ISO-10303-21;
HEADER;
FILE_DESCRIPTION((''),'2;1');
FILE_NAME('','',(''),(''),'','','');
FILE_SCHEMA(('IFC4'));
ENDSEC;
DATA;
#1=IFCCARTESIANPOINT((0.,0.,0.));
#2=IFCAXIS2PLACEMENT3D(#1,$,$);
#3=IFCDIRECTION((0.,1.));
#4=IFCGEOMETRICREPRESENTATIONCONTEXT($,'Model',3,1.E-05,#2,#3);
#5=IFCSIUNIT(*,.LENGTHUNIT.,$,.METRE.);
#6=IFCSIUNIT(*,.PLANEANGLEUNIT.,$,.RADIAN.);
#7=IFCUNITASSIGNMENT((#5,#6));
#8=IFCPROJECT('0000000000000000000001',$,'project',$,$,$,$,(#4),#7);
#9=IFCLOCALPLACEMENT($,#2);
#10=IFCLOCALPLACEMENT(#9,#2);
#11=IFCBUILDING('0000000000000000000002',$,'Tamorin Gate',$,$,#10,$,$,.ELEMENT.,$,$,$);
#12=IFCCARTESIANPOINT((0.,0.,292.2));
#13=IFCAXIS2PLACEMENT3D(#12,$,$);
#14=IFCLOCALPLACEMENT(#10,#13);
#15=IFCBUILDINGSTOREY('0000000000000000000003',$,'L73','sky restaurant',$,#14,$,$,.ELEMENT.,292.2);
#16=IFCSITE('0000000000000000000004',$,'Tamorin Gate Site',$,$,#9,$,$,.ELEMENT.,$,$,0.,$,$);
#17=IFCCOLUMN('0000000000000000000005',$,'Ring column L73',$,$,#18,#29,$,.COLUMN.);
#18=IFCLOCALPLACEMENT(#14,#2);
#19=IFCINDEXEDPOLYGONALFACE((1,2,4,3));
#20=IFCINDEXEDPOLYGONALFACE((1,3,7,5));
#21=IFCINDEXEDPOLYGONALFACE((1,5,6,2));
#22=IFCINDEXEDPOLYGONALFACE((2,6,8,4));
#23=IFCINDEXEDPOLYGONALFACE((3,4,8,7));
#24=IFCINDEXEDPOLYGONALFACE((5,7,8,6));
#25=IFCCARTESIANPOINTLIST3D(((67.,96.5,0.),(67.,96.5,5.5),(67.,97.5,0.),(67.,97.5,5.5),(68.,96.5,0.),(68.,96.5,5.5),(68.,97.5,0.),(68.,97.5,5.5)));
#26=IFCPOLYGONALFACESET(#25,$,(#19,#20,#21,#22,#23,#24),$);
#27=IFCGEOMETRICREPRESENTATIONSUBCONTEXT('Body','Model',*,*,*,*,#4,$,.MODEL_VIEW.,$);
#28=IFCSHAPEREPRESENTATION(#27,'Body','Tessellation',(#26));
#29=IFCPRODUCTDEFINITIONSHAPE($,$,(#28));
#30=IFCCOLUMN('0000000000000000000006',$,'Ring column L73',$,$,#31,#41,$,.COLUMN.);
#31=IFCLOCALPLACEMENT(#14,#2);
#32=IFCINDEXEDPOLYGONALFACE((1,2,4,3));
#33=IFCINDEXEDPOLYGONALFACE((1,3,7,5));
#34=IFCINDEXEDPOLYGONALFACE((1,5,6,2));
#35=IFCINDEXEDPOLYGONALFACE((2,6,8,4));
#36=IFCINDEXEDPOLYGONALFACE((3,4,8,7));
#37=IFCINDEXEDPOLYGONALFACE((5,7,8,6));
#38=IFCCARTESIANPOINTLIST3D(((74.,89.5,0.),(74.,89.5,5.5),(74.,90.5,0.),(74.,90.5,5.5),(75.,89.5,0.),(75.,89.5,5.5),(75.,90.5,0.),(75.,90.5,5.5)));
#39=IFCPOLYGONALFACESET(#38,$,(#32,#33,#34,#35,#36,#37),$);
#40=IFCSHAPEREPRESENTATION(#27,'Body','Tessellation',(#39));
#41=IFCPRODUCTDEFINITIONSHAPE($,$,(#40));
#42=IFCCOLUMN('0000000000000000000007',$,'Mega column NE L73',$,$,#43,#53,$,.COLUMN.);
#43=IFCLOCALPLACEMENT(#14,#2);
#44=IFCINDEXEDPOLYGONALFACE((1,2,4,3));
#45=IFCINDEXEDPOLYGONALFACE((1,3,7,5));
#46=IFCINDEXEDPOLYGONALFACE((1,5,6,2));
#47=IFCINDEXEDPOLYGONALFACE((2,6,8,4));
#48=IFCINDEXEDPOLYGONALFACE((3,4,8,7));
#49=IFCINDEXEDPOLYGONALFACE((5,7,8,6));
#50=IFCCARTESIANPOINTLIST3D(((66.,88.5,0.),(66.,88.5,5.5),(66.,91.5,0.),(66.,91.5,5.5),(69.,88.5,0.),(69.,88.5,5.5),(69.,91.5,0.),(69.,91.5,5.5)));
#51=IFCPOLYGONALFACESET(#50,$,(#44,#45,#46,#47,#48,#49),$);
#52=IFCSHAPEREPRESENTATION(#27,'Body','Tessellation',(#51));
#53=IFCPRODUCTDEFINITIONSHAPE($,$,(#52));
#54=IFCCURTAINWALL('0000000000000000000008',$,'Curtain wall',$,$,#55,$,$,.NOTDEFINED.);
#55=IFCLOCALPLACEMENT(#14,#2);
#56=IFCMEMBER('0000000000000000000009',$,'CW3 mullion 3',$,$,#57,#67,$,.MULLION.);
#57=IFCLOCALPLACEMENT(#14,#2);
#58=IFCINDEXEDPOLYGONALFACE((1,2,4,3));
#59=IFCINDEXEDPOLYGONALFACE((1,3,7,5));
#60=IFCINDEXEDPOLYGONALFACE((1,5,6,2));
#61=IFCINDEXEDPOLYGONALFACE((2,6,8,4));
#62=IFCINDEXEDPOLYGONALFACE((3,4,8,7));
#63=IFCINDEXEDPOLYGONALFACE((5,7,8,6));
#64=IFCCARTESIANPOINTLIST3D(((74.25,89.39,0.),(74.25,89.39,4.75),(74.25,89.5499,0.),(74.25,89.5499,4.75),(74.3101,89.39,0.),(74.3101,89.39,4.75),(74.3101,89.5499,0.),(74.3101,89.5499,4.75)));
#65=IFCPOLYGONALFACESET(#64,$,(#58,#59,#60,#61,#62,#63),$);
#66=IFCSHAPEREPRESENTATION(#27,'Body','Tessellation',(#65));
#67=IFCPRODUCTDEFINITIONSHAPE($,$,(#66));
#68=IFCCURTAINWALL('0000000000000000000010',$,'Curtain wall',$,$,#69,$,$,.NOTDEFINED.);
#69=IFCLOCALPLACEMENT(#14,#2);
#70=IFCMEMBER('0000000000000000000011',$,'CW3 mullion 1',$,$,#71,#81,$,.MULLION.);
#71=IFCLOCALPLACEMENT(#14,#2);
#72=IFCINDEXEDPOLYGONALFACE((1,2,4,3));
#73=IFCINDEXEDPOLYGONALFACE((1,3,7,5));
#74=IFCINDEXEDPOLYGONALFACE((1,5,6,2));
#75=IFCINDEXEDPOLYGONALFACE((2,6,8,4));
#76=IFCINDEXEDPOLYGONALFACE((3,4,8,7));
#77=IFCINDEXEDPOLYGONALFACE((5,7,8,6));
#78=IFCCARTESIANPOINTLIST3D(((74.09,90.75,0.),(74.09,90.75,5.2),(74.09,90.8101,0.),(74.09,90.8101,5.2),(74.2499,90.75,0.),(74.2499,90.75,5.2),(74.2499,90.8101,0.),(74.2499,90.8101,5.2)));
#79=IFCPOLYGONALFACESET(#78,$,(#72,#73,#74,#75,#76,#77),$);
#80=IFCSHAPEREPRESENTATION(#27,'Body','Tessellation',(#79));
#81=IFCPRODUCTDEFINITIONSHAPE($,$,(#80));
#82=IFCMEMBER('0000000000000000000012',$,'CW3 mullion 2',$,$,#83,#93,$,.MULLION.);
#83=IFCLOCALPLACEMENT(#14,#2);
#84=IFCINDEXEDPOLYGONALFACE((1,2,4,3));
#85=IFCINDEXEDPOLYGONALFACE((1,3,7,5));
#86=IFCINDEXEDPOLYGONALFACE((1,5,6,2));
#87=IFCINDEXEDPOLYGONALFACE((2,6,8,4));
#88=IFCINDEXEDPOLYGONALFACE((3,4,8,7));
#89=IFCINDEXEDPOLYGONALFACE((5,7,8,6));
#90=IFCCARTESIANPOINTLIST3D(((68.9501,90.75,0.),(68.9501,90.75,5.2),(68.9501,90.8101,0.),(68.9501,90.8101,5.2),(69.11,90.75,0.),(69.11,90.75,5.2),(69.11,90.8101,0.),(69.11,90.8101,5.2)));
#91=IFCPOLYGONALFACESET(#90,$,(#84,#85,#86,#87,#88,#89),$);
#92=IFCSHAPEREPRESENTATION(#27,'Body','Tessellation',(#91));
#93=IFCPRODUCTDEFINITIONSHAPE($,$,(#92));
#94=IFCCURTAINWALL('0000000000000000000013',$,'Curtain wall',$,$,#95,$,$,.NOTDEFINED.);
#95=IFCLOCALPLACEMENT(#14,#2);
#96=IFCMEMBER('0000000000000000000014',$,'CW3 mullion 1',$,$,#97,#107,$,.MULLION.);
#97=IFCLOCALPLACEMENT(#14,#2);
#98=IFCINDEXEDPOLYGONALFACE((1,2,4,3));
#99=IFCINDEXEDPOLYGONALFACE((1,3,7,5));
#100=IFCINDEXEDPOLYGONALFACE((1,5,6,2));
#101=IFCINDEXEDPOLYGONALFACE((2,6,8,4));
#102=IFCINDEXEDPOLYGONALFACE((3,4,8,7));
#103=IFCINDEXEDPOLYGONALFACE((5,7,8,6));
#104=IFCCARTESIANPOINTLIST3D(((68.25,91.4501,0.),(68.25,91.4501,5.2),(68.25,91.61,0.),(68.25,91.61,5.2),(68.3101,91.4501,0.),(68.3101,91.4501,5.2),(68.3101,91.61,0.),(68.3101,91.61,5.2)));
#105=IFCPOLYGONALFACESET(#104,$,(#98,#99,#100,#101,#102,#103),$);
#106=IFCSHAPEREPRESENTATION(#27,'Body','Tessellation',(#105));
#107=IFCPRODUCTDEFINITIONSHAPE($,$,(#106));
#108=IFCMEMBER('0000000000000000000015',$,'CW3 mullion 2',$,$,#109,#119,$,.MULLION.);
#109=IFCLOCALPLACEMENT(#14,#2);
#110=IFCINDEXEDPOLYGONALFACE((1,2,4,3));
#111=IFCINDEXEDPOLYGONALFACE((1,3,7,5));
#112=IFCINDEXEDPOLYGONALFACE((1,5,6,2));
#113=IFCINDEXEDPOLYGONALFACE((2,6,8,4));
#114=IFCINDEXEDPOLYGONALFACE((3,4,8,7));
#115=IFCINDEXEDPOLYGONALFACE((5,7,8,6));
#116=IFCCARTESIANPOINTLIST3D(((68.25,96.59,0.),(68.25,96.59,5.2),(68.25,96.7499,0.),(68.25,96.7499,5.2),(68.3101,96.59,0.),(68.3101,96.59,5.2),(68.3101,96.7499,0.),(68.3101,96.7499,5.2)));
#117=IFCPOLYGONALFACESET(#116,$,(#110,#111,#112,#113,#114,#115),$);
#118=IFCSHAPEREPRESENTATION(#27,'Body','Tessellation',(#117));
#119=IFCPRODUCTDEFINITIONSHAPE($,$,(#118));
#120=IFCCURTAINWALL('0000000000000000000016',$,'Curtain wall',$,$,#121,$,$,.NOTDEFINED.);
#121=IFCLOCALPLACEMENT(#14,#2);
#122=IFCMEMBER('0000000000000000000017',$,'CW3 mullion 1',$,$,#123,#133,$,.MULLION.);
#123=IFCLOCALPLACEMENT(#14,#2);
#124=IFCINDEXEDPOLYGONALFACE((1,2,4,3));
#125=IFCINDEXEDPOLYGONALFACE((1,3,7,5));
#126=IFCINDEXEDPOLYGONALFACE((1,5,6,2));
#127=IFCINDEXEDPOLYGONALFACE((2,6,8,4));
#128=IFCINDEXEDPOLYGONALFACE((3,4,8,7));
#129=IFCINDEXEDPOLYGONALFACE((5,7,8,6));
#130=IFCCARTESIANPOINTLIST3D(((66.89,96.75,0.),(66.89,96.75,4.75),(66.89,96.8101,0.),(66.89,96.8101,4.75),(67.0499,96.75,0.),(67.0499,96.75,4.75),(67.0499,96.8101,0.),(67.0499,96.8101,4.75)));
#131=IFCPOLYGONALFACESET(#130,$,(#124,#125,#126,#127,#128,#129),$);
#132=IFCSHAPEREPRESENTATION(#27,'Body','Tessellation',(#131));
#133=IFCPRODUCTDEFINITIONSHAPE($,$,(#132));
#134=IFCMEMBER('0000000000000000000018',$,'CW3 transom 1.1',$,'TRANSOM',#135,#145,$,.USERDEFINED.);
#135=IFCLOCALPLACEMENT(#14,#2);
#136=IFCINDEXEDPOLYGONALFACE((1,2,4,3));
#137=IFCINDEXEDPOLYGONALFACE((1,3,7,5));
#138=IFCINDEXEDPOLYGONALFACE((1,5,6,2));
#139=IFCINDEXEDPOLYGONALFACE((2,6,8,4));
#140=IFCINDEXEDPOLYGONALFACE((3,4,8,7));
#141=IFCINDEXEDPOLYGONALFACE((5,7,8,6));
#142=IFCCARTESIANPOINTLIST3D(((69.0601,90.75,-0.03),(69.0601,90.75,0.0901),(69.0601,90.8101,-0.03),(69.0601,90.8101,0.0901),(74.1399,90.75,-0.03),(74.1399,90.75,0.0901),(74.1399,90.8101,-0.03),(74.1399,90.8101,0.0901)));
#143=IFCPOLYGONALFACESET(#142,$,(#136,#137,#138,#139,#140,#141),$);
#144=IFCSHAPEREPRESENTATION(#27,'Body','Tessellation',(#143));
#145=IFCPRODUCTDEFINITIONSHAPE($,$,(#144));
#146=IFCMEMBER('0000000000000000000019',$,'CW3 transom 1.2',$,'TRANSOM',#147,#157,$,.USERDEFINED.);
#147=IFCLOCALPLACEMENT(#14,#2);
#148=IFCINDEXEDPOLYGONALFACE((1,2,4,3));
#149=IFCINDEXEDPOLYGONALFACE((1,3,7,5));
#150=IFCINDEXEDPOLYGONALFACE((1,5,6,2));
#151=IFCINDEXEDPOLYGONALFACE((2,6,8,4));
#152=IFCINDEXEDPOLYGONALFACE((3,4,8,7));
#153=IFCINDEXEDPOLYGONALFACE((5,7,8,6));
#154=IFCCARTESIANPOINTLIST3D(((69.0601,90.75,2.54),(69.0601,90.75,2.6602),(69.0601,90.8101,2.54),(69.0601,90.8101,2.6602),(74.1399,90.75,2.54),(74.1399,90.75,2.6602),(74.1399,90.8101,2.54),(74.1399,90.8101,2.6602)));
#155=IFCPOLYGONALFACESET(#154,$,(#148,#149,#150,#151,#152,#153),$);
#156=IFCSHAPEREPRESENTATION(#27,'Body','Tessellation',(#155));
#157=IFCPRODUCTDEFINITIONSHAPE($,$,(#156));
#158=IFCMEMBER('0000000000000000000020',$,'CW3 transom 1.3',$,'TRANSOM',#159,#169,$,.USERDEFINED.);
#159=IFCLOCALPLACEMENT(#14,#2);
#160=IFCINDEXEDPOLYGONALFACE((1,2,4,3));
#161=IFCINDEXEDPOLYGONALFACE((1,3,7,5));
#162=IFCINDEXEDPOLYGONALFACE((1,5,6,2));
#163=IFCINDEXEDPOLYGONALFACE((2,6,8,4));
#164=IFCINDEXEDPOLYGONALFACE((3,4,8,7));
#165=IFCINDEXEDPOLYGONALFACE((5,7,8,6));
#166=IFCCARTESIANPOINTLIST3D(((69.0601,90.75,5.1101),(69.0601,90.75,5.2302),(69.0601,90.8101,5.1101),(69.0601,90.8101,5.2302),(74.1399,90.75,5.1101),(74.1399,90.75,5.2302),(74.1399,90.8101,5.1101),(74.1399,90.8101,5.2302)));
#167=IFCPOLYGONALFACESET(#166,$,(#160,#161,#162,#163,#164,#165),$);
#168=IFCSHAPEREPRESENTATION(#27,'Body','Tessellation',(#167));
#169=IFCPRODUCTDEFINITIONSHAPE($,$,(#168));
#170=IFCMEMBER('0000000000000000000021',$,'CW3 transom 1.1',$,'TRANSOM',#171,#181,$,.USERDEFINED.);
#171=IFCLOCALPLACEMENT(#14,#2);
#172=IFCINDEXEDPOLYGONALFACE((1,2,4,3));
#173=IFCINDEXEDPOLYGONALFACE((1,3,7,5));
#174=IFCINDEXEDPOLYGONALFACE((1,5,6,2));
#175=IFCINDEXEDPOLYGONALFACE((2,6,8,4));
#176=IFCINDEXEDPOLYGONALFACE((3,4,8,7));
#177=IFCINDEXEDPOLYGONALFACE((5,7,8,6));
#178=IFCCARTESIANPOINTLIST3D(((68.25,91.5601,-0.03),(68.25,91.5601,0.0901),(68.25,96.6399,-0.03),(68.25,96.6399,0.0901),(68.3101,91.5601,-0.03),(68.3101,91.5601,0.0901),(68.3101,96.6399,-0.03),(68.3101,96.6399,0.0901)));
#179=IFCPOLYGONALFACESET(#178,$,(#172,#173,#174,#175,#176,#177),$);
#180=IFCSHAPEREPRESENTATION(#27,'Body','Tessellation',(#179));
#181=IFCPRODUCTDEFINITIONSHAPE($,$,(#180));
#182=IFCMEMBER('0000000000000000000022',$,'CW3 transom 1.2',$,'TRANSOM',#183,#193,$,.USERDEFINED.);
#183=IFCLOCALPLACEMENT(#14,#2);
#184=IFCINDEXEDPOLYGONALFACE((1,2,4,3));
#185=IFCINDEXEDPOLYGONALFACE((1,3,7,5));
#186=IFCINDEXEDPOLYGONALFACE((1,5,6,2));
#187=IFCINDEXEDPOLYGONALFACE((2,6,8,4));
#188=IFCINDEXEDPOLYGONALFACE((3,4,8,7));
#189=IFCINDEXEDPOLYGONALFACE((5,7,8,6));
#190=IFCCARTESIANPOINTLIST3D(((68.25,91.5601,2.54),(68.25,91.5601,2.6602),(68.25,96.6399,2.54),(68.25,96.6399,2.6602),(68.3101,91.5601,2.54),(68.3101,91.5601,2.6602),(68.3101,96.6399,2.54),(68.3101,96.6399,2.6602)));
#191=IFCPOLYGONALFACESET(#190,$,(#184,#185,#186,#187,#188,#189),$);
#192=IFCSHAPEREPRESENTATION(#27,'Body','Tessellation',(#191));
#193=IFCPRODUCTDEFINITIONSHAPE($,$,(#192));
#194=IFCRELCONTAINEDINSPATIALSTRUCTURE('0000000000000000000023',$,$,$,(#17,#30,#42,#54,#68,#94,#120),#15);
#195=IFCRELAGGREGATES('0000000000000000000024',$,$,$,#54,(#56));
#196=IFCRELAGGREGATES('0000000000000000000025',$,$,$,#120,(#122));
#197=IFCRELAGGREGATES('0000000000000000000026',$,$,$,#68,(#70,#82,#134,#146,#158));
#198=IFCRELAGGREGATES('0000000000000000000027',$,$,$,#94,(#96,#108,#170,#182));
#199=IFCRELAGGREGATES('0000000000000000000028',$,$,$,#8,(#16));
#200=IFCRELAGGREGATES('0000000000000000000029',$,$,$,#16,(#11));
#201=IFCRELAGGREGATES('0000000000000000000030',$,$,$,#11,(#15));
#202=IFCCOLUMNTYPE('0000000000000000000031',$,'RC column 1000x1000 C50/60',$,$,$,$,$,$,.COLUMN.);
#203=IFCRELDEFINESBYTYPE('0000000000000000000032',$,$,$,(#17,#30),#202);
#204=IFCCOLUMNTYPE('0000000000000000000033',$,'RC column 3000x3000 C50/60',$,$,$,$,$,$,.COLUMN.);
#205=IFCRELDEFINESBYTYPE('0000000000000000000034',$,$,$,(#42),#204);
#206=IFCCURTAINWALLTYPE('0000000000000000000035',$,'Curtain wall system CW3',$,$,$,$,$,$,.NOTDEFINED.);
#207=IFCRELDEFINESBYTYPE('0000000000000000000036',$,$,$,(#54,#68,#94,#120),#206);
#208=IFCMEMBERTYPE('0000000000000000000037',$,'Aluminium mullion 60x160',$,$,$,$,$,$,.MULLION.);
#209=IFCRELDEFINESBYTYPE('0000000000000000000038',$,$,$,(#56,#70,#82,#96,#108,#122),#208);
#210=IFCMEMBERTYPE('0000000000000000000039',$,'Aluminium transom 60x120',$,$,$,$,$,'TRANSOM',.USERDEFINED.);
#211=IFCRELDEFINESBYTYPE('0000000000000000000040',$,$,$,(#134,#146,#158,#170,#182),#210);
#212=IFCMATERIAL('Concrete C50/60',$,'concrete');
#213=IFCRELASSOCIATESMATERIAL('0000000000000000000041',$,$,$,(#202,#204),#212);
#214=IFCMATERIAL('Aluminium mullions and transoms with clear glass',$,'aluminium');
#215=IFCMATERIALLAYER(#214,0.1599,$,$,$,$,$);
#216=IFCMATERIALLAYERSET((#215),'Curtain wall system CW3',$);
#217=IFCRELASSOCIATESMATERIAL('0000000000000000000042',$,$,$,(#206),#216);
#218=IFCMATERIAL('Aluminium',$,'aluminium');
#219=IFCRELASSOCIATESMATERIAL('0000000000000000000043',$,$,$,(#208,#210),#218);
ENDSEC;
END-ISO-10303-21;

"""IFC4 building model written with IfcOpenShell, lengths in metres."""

from ifc_helpers import new_model, si_unit, direction, frame, origin, origin_2d, place, context, subcontext, project, spatial, rectangle, extrude, material, layer, layer_set, material_profile, profile_set, type_object, element, aggregate, save


model = new_model("IFC4")

# Units and contexts
model_context = context("Model", 3, precision=1e-05, world=origin(), true_north=direction((0.0, 1.0)))
body_context = subcontext(model_context, "Body", "Model", "MODEL_VIEW")
ifc_project = project(units=[si_unit("LENGTHUNIT", "METRE"), si_unit("PLANEANGLEUNIT", "RADIAN")], contexts=[model_context])

# Site, building, storey
site_placement = place(None, origin())
site = spatial("IfcSite", under=ifc_project, at=site_placement, Name="Tamorin Gate Site", CompositionType="ELEMENT", RefElevation=0.0)
building_placement = place(site_placement, origin())
building = spatial("IfcBuilding", under=site, at=building_placement, Name="Tamorin Gate", CompositionType="ELEMENT")
storey_placement = place(building_placement, frame((0.0, 0.0, 292.2)))
storey = spatial("IfcBuildingStorey", under=building, at=storey_placement, Name="L73", Description="sky restaurant", CompositionType="ELEMENT", Elevation=292.2)

# Columns
ifc_material_1 = material(Name="Concrete C50/60", Category="concrete")
ifc_material_profile_1 = material_profile(ifc_material_1, rectangle(XDim=1.0, YDim=1.0, at=origin_2d()), Name="RC 1000x1000")
ifc_profile_set_1 = profile_set([ifc_material_profile_1], Name="Concrete C50/60")
column_type_1 = type_object("IfcColumnType", Name="RC column 1000x1000 C50/60", PredefinedType="COLUMN", material=ifc_profile_set_1)
for number, where, z_axis, x_axis, name in (
    (1, (67.5, 97.0, 0.0), (0.0, 0.0, 1.0), (1.0, 0.0, 0.0), "Ring column L73"),
    (2, (74.5, 90.0, 0.0), (0.0, 0.0, 1.0), (1.0, 0.0, 0.0), "Ring column L73"),
):
    element("IfcColumn", number, at=place(storey_placement, frame(where, z_axis=z_axis, x_axis=x_axis)), inside=storey, type_object=column_type_1, Name=name, PredefinedType="COLUMN", context=body_context, shape_type="SweptSolid", body=[
        extrude(rectangle(XDim=1.0, YDim=1.0, at=origin_2d()), origin(), (0.0, 0.0, 1.0), 5.5),
    ])
ifc_material_profile_2 = material_profile(ifc_material_1, rectangle(XDim=3.0, YDim=3.0, at=origin_2d()), Name="RC 3000x3000")
ifc_profile_set_2 = profile_set([ifc_material_profile_2], Name="Concrete C50/60")
column_type_2 = type_object("IfcColumnType", Name="RC column 3000x3000 C50/60", PredefinedType="COLUMN", material=ifc_profile_set_2)
column_placement = place(storey_placement, frame((67.5, 90.0, 0.0), z_axis=(0.0, 0.0, 1.0), x_axis=(1.0, 0.0, 0.0)))
element("IfcColumn", 3, at=column_placement, inside=storey, type_object=column_type_2, Name="Mega column NE L73", PredefinedType="COLUMN", context=body_context, shape_type="SweptSolid", body=[
    extrude(rectangle(XDim=3.0, YDim=3.0, at=origin_2d()), origin(), (0.0, 0.0, 1.0), 5.5),
])

# Curtain wall, member
ifc_material_2 = material(Name="Aluminium mullions and transoms with clear glass", Category="aluminium")
ifc_layer_1 = layer(ifc_material_2, 0.1599)
ifc_layer_set_1 = layer_set([ifc_layer_1], Name="Curtain wall system CW3")
curtain_wall_type = type_object("IfcCurtainWallType", Name="Curtain wall system CW3", PredefinedType="NOTDEFINED", material=ifc_layer_set_1)
curtain_wall_1_placement = place(storey_placement, origin())
curtain_wall_1 = element("IfcCurtainWall", 4, at=curtain_wall_1_placement, inside=storey, type_object=curtain_wall_type, Name="Curtain wall", PredefinedType="NOTDEFINED")
ifc_material_3 = material(Name="Aluminium", Category="aluminium")
ifc_material_profile_3 = material_profile(ifc_material_3, rectangle(XDim=0.0601, YDim=0.1599, at=origin_2d()), Name="RECT 60x160")
ifc_profile_set_3 = profile_set([ifc_material_profile_3], Name="Aluminium")
member_type_1 = type_object("IfcMemberType", Name="Aluminium mullion 60x160", PredefinedType="MULLION", material=ifc_profile_set_3)
member_1_placement = place(storey_placement, frame((74.28, 89.47, 0.0), z_axis=(0.0, 0.0, 1.0), x_axis=(-1.0, 0.0, 0.0)))
member_1 = element("IfcMember", 5, at=member_1_placement, type_object=member_type_1, Name="CW3 mullion 3", PredefinedType="MULLION", context=body_context, shape_type="SweptSolid", body=[
    extrude(rectangle(XDim=0.0601, YDim=0.1599, at=origin_2d()), origin(), (0.0, 0.0, 1.0), 4.75),
])
aggregate(curtain_wall_1, [member_1])

# Curtain walls, members
curtain_wall_2_placement = place(storey_placement, origin())
curtain_wall_2 = element("IfcCurtainWall", 6, at=curtain_wall_2_placement, inside=storey, type_object=curtain_wall_type, Name="Curtain wall", PredefinedType="NOTDEFINED")
member_2_placement = place(storey_placement, frame((74.1699, 90.78, 0.0), z_axis=(0.0, 0.0, 1.0), x_axis=(0.0, -1.0, 0.0)))
member_2 = element("IfcMember", 7, at=member_2_placement, type_object=member_type_1, Name="CW3 mullion 1", PredefinedType="MULLION", context=body_context, shape_type="SweptSolid", body=[
    extrude(rectangle(XDim=0.0601, YDim=0.1599, at=origin_2d()), origin(), (0.0, 0.0, 1.0), 5.2),
])
member_3_placement = place(storey_placement, frame((69.03, 90.78, 0.0), z_axis=(0.0, 0.0, 1.0), x_axis=(0.0, -1.0, 0.0)))
member_3 = element("IfcMember", 8, at=member_3_placement, type_object=member_type_1, Name="CW3 mullion 2", PredefinedType="MULLION", context=body_context, shape_type="SweptSolid", body=[
    extrude(rectangle(XDim=0.0601, YDim=0.1599, at=origin_2d()), origin(), (0.0, 0.0, 1.0), 5.2),
])
curtain_wall_3_placement = place(storey_placement, origin())
curtain_wall_3 = element("IfcCurtainWall", 9, at=curtain_wall_3_placement, inside=storey, type_object=curtain_wall_type, Name="Curtain wall", PredefinedType="NOTDEFINED")
member_4_placement = place(storey_placement, frame((68.28, 91.53, 0.0), z_axis=(0.0, 0.0, 1.0), x_axis=(-1.0, 0.0, 0.0)))
member_4 = element("IfcMember", 10, at=member_4_placement, type_object=member_type_1, Name="CW3 mullion 1", PredefinedType="MULLION", context=body_context, shape_type="SweptSolid", body=[
    extrude(rectangle(XDim=0.0601, YDim=0.1599, at=origin_2d()), origin(), (0.0, 0.0, 1.0), 5.2),
])
member_5_placement = place(storey_placement, frame((68.28, 96.6699, 0.0), z_axis=(0.0, 0.0, 1.0), x_axis=(-1.0, 0.0, 0.0)))
member_5 = element("IfcMember", 11, at=member_5_placement, type_object=member_type_1, Name="CW3 mullion 2", PredefinedType="MULLION", context=body_context, shape_type="SweptSolid", body=[
    extrude(rectangle(XDim=0.0601, YDim=0.1599, at=origin_2d()), origin(), (0.0, 0.0, 1.0), 5.2),
])

# Curtain wall, member
curtain_wall_4_placement = place(storey_placement, origin())
curtain_wall_4 = element("IfcCurtainWall", 12, at=curtain_wall_4_placement, inside=storey, type_object=curtain_wall_type, Name="Curtain wall", PredefinedType="NOTDEFINED")
member_6_placement = place(storey_placement, frame((66.97, 96.78, 0.0), z_axis=(0.0, 0.0, 1.0), x_axis=(0.0, -1.0, 0.0)))
member_6 = element("IfcMember", 13, at=member_6_placement, type_object=member_type_1, Name="CW3 mullion 1", PredefinedType="MULLION", context=body_context, shape_type="SweptSolid", body=[
    extrude(rectangle(XDim=0.0601, YDim=0.1599, at=origin_2d()), origin(), (0.0, 0.0, 1.0), 4.75),
])

# Members
ifc_material_profile_4 = material_profile(ifc_material_3, rectangle(XDim=0.0601, YDim=0.1201, at=origin_2d()), Name="RECT 60x120")
ifc_profile_set_4 = profile_set([ifc_material_profile_4], Name="Aluminium")
member_type_2 = type_object("IfcMemberType", Name="Aluminium transom 60x120", ElementType="TRANSOM", PredefinedType="USERDEFINED", material=ifc_profile_set_4)
member_7_placement = place(storey_placement, frame((74.1399, 90.78, 0.03), z_axis=(-1.0, 0.0, 0.0), x_axis=(0.0, -1.0, 0.0)))
member_7 = element("IfcMember", 14, at=member_7_placement, type_object=member_type_2, Name="CW3 transom 1.1", ObjectType="TRANSOM", PredefinedType="USERDEFINED", context=body_context, shape_type="SweptSolid", body=[
    extrude(rectangle(XDim=0.0601, YDim=0.1201, at=origin_2d()), origin(), (0.0, 0.0, 1.0), 5.0798),
])
member_8_placement = place(storey_placement, frame((74.1399, 90.78, 2.6001), z_axis=(-1.0, 0.0, 0.0), x_axis=(0.0, -1.0, 0.0)))
member_8 = element("IfcMember", 15, at=member_8_placement, type_object=member_type_2, Name="CW3 transom 1.2", ObjectType="TRANSOM", PredefinedType="USERDEFINED", context=body_context, shape_type="SweptSolid", body=[
    extrude(rectangle(XDim=0.0601, YDim=0.1201, at=origin_2d()), origin(), (0.0, 0.0, 1.0), 5.0798),
])
member_9_placement = place(storey_placement, frame((74.1399, 90.78, 5.1702), z_axis=(-1.0, 0.0, 0.0), x_axis=(0.0, -1.0, 0.0)))
member_9 = element("IfcMember", 16, at=member_9_placement, type_object=member_type_2, Name="CW3 transom 1.3", ObjectType="TRANSOM", PredefinedType="USERDEFINED", context=body_context, shape_type="SweptSolid", body=[
    extrude(rectangle(XDim=0.0601, YDim=0.1201, at=origin_2d()), origin(), (0.0, 0.0, 1.0), 5.0798),
])
member_10_placement = place(storey_placement, frame((68.28, 91.5601, 0.03), z_axis=(0.0, 1.0, 0.0), x_axis=(-1.0, 0.0, 0.0)))
member_10 = element("IfcMember", 17, at=member_10_placement, type_object=member_type_2, Name="CW3 transom 1.1", ObjectType="TRANSOM", PredefinedType="USERDEFINED", context=body_context, shape_type="SweptSolid", body=[
    extrude(rectangle(XDim=0.0601, YDim=0.1201, at=origin_2d()), origin(), (0.0, 0.0, 1.0), 5.0798),
])
member_11_placement = place(storey_placement, frame((68.28, 91.5601, 2.6001), z_axis=(0.0, 1.0, 0.0), x_axis=(-1.0, 0.0, 0.0)))
member_11 = element("IfcMember", 18, at=member_11_placement, type_object=member_type_2, Name="CW3 transom 1.2", ObjectType="TRANSOM", PredefinedType="USERDEFINED", context=body_context, shape_type="SweptSolid", body=[
    extrude(rectangle(XDim=0.0601, YDim=0.1201, at=origin_2d()), origin(), (0.0, 0.0, 1.0), 5.0798),
])
aggregate(curtain_wall_4, [member_6])

aggregate(curtain_wall_2, [member_2, member_3, member_7, member_8, member_9])
aggregate(curtain_wall_3, [member_4, member_5, member_10, member_11])

save(model, "model.ifc")
